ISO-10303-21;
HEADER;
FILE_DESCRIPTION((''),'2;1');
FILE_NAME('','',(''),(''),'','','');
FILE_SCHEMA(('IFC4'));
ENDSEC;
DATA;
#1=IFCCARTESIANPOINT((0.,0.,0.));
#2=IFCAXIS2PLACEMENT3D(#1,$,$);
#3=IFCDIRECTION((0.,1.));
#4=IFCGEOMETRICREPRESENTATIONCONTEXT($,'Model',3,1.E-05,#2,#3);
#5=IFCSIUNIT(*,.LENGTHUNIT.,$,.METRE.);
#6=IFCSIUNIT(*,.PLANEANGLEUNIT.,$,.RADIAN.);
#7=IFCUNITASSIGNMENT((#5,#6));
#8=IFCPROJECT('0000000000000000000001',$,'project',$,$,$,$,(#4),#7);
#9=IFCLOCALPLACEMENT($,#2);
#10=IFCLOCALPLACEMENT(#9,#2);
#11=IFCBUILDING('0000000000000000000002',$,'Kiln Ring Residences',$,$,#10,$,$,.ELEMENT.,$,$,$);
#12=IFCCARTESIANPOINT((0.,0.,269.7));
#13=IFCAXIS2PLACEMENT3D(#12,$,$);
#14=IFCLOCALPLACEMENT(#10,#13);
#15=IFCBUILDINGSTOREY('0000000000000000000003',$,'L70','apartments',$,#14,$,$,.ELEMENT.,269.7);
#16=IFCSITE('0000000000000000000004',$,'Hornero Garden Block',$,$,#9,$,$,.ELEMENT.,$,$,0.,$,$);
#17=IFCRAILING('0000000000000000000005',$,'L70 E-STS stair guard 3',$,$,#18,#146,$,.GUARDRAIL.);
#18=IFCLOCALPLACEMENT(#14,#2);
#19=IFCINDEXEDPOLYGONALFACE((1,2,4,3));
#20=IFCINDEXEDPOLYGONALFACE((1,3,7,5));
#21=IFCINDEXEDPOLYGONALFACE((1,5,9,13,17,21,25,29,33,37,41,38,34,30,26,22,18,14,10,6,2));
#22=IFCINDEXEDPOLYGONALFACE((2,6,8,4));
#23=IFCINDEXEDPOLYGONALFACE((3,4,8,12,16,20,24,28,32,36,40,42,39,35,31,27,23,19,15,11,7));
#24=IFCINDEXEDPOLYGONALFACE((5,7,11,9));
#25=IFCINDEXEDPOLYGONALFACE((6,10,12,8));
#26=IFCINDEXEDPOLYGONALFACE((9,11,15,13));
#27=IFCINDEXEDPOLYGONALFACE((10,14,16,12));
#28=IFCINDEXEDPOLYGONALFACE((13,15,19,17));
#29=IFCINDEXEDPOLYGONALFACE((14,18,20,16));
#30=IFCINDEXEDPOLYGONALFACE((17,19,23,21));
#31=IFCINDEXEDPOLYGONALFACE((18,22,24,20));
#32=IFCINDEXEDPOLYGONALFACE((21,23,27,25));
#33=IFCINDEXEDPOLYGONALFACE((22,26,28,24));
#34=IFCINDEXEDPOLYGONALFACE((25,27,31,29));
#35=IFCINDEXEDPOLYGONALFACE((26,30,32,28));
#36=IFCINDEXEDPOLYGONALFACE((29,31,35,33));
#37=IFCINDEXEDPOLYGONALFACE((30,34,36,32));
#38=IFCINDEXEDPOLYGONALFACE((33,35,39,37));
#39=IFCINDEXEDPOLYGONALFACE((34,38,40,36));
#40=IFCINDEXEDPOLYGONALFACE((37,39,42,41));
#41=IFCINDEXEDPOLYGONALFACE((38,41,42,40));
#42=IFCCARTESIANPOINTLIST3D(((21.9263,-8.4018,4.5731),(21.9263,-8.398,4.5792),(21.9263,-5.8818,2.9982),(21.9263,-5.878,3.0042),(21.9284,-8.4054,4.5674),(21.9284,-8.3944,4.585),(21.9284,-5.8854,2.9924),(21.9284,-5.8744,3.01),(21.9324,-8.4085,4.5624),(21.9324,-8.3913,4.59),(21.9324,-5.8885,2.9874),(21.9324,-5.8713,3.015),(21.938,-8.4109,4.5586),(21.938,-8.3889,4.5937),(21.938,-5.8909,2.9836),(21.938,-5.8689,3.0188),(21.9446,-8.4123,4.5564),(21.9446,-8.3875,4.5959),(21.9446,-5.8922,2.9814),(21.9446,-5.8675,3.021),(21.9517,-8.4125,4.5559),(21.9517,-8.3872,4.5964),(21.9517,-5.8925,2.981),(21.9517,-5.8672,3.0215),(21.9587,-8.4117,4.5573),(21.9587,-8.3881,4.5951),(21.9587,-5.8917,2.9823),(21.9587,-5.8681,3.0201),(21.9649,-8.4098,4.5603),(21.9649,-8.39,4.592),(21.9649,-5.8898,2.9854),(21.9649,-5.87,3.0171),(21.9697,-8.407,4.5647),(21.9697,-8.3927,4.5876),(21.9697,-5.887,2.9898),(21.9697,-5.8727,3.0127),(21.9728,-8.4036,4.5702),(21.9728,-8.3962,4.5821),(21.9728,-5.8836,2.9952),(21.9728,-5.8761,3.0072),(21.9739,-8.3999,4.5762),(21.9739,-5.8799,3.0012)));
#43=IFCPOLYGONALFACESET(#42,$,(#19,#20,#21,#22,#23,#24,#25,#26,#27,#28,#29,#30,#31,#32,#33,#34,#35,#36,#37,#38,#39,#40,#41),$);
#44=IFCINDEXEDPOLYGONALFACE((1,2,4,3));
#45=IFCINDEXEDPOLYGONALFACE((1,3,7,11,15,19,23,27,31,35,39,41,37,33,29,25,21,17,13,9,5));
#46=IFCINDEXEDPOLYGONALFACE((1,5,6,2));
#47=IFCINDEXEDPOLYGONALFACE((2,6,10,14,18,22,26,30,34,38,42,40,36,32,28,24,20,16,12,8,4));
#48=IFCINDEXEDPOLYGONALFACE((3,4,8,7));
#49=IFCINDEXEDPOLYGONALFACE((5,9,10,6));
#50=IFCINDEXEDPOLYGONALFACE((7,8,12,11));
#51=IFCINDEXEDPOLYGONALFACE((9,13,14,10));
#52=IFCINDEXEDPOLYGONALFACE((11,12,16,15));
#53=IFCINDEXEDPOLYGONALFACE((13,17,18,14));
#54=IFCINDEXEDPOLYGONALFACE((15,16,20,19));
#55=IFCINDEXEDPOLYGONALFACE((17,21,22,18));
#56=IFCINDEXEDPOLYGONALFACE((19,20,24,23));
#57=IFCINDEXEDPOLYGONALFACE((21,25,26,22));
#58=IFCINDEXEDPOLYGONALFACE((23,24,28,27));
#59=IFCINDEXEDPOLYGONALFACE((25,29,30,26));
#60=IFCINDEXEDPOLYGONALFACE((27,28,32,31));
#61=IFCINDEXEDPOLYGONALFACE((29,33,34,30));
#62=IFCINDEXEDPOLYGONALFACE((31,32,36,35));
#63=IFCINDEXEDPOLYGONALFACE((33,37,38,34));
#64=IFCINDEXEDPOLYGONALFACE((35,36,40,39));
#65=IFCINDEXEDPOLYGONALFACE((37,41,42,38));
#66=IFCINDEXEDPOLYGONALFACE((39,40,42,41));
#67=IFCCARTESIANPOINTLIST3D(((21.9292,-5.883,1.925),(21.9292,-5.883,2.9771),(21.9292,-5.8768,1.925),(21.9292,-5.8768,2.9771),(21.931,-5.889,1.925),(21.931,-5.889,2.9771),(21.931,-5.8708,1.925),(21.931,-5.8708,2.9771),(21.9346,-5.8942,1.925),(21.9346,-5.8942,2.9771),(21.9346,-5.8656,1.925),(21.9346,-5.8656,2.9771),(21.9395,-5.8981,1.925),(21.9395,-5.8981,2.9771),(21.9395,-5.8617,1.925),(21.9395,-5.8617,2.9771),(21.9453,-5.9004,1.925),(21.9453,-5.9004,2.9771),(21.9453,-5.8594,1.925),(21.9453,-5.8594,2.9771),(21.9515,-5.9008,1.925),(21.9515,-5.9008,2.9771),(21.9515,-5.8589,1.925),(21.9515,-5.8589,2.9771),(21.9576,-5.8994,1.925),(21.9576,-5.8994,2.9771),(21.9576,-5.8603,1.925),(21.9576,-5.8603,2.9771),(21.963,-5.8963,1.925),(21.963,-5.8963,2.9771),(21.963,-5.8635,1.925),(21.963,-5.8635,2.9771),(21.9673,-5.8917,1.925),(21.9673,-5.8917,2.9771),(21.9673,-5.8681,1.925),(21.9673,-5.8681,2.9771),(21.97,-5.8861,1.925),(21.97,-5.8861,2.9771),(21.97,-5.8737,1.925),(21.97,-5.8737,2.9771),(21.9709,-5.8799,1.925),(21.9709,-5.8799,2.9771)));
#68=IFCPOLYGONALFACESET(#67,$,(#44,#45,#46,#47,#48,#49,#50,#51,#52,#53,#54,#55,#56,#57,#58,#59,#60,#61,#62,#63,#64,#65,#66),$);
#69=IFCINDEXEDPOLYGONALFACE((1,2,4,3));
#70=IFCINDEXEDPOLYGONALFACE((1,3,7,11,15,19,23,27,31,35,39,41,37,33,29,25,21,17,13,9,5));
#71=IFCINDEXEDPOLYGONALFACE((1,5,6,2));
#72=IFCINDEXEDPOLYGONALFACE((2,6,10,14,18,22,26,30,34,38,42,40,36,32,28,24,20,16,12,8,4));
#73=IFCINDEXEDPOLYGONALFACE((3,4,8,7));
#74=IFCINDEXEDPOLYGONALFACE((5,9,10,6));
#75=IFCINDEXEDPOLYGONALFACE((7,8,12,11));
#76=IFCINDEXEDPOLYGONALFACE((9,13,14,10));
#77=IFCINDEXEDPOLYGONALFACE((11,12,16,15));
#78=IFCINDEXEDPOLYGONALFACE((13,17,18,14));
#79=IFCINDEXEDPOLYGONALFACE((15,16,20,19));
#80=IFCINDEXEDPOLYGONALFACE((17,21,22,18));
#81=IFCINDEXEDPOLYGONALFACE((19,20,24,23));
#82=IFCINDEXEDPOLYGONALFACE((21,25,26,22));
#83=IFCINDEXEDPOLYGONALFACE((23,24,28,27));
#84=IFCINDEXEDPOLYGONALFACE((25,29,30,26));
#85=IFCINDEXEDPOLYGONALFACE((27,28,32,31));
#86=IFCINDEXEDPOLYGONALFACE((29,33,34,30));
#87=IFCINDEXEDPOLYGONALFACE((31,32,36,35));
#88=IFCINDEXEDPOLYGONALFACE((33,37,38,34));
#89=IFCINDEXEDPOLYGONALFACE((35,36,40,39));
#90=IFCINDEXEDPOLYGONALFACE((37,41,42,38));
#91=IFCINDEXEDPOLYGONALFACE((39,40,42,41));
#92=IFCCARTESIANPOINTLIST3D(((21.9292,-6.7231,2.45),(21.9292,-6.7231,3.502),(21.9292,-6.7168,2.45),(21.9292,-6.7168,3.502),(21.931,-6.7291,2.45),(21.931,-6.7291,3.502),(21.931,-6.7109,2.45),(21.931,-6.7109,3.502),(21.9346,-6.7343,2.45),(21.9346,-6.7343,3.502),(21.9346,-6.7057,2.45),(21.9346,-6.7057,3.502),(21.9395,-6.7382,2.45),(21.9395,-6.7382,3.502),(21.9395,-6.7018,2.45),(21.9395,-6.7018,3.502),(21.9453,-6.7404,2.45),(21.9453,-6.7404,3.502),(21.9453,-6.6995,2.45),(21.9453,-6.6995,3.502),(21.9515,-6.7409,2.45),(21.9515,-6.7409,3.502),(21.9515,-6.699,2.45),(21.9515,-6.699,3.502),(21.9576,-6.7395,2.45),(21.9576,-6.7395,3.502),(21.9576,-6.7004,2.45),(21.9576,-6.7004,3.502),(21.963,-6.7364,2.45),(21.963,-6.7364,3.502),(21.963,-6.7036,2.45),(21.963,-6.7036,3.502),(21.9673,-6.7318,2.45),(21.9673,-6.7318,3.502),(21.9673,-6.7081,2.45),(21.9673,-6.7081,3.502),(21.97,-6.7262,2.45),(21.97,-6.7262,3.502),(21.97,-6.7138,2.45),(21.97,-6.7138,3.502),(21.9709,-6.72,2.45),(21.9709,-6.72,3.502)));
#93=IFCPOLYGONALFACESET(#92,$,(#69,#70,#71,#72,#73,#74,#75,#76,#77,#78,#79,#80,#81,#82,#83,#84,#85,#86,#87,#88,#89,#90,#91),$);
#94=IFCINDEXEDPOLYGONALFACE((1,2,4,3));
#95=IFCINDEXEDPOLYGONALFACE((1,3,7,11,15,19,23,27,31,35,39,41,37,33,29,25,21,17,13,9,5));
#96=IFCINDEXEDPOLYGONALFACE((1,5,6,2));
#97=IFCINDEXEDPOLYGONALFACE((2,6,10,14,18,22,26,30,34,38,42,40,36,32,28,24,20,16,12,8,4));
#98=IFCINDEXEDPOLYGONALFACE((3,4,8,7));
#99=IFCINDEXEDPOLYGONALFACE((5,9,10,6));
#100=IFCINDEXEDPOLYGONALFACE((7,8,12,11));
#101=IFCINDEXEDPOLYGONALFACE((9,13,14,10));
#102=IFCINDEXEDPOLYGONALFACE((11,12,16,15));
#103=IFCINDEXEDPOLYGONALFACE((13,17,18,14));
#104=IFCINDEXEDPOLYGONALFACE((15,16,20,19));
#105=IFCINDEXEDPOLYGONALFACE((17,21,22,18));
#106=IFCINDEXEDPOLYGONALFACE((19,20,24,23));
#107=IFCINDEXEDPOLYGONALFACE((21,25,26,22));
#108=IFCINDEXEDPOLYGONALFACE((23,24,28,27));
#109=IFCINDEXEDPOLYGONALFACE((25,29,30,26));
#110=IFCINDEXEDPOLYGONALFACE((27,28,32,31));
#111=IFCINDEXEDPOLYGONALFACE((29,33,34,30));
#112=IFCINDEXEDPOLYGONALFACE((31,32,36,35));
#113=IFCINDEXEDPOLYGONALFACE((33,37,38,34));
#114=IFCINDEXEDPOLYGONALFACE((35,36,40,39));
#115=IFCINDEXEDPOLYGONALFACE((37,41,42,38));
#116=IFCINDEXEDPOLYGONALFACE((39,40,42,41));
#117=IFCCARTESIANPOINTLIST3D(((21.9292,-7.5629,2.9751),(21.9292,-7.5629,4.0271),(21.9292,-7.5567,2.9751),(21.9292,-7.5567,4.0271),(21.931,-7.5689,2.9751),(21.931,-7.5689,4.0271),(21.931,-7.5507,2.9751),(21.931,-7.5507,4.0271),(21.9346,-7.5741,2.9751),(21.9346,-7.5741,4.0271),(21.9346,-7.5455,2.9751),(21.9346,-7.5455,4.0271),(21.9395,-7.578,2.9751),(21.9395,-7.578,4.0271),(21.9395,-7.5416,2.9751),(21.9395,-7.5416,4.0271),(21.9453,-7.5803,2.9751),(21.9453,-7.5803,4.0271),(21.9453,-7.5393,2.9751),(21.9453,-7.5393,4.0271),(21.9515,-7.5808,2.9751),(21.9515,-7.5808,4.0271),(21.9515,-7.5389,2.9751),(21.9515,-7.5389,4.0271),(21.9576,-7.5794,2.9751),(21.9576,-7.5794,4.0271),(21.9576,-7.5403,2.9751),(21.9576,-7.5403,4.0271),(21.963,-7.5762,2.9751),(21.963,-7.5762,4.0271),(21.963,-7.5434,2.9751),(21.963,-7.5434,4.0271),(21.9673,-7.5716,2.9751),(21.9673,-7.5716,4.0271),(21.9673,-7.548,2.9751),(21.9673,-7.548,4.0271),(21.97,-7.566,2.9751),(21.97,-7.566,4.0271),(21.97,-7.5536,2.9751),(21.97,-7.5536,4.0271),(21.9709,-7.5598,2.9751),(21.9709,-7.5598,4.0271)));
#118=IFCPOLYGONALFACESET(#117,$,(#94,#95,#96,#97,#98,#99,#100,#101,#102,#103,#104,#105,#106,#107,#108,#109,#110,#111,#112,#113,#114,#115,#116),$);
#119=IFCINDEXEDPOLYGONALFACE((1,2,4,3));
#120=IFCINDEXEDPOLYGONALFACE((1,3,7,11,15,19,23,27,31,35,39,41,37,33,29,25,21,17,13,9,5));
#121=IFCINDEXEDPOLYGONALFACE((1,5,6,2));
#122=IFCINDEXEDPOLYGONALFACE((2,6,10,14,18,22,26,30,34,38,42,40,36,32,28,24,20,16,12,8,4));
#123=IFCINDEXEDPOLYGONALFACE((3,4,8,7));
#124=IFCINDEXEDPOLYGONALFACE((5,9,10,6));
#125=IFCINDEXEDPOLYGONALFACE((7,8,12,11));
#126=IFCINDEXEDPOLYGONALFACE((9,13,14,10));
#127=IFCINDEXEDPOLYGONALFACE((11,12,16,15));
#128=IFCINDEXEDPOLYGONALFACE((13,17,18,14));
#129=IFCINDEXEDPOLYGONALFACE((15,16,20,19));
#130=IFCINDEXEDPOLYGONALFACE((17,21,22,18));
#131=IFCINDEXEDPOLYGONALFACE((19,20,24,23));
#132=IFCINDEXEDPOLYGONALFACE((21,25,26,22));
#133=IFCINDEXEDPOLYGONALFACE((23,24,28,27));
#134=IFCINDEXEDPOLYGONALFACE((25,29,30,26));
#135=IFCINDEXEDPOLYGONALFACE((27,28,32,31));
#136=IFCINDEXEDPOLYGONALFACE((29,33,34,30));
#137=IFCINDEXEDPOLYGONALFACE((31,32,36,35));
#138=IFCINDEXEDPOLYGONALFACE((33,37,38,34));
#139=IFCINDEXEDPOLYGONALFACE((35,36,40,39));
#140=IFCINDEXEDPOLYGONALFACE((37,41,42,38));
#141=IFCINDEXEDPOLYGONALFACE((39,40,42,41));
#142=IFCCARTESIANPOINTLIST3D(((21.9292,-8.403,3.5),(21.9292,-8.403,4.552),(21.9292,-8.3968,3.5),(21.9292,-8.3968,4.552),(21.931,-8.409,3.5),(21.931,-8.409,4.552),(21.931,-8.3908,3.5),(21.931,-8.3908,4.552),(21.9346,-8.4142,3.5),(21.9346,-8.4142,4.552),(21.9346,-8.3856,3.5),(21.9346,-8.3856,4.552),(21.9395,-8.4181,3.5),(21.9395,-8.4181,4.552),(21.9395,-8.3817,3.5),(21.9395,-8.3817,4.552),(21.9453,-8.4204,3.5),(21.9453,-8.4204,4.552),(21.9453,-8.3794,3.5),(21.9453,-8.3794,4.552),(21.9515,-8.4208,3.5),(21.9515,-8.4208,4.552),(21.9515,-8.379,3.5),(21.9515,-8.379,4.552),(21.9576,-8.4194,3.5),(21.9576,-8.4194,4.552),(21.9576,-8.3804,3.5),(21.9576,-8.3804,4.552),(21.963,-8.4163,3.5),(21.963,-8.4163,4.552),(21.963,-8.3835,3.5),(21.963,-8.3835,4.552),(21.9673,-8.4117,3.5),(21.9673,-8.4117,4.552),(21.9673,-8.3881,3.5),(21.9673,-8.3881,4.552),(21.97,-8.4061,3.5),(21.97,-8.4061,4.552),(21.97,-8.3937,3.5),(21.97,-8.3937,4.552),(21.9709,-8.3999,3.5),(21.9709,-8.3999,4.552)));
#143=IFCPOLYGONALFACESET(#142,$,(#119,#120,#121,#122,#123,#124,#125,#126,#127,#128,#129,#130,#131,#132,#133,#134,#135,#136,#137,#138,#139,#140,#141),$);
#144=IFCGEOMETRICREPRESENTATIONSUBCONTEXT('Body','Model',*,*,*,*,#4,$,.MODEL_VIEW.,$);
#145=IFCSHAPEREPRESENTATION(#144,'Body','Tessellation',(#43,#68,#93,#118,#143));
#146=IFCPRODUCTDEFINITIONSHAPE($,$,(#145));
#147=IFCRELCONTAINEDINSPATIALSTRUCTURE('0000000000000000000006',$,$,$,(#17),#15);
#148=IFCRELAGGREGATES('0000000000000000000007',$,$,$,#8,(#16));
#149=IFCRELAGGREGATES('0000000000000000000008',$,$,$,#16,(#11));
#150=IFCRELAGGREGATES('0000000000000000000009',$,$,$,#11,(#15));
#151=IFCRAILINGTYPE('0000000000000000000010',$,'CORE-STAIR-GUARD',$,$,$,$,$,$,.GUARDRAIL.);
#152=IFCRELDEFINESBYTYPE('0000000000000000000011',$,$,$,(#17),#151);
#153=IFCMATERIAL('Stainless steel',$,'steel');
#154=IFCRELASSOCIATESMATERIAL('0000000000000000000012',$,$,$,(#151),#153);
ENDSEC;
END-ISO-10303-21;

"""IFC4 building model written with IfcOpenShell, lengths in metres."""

from ifc_helpers import new_model, si_unit, direction, frame, origin, origin_2d, place, context, subcontext, project, spatial, circle, extrude, material, type_object, element, save


model = new_model("IFC4")

# Units and contexts
model_context = context("Model", 3, precision=1e-05, world=origin(), true_north=direction((0.0, 1.0)))
body_context = subcontext(model_context, "Body", "Model", "MODEL_VIEW")
ifc_project = project(units=[si_unit("LENGTHUNIT", "METRE"), si_unit("PLANEANGLEUNIT", "RADIAN")], contexts=[model_context])

# Site, building, storey
site_placement = place(None, origin())
site = spatial("IfcSite", under=ifc_project, at=site_placement, Name="Hornero Garden Block", CompositionType="ELEMENT", RefElevation=0.0)
building_placement = place(site_placement, origin())
building = spatial("IfcBuilding", under=site, at=building_placement, Name="Kiln Ring Residences", CompositionType="ELEMENT")
storey_placement = place(building_placement, frame((0.0, 0.0, 269.7)))
storey = spatial("IfcBuildingStorey", under=building, at=storey_placement, Name="L70", Description="apartments", CompositionType="ELEMENT", Elevation=269.7)

# Railing
ifc_material_1 = material(Name="Stainless steel", Category="steel")
railing_type_1 = type_object("IfcRailingType", Name="CORE-STAIR-GUARD", PredefinedType="GUARDRAIL", material=ifc_material_1)
railing_1_placement = place(storey_placement, frame((21.95, -5.8799, 1.925)))
element("IfcRailing", 1, at=railing_1_placement, inside=storey, type_object=railing_type_1, Name="L70 E-STS stair guard 3", PredefinedType="GUARDRAIL", context=body_context, shape_type="SweptSolid", body=[
    extrude(circle(Radius=0.0239, at=origin_2d()), frame((0.0, 0.0, 1.0762), z_axis=(0.0, -0.848008, 0.529984), x_axis=(1.0, 0.0, 0.0)), (0.0, 0.0, 1.0), 2.9717),
    extrude(circle(Radius=0.021, at=origin_2d()), origin(), (0.0, 0.0, 1.0), 1.052),
    extrude(circle(Radius=0.021, at=origin_2d()), frame((0.0, -0.8401, 0.5249)), (0.0, 0.0, 1.0), 1.052),
    extrude(circle(Radius=0.021, at=origin_2d()), frame((0.0, -1.6799, 1.05)), (0.0, 0.0, 1.0), 1.052),
    extrude(circle(Radius=0.021, at=origin_2d()), frame((0.0, -2.52, 1.575)), (0.0, 0.0, 1.0), 1.052),
])

save(model, "model.ifc")
